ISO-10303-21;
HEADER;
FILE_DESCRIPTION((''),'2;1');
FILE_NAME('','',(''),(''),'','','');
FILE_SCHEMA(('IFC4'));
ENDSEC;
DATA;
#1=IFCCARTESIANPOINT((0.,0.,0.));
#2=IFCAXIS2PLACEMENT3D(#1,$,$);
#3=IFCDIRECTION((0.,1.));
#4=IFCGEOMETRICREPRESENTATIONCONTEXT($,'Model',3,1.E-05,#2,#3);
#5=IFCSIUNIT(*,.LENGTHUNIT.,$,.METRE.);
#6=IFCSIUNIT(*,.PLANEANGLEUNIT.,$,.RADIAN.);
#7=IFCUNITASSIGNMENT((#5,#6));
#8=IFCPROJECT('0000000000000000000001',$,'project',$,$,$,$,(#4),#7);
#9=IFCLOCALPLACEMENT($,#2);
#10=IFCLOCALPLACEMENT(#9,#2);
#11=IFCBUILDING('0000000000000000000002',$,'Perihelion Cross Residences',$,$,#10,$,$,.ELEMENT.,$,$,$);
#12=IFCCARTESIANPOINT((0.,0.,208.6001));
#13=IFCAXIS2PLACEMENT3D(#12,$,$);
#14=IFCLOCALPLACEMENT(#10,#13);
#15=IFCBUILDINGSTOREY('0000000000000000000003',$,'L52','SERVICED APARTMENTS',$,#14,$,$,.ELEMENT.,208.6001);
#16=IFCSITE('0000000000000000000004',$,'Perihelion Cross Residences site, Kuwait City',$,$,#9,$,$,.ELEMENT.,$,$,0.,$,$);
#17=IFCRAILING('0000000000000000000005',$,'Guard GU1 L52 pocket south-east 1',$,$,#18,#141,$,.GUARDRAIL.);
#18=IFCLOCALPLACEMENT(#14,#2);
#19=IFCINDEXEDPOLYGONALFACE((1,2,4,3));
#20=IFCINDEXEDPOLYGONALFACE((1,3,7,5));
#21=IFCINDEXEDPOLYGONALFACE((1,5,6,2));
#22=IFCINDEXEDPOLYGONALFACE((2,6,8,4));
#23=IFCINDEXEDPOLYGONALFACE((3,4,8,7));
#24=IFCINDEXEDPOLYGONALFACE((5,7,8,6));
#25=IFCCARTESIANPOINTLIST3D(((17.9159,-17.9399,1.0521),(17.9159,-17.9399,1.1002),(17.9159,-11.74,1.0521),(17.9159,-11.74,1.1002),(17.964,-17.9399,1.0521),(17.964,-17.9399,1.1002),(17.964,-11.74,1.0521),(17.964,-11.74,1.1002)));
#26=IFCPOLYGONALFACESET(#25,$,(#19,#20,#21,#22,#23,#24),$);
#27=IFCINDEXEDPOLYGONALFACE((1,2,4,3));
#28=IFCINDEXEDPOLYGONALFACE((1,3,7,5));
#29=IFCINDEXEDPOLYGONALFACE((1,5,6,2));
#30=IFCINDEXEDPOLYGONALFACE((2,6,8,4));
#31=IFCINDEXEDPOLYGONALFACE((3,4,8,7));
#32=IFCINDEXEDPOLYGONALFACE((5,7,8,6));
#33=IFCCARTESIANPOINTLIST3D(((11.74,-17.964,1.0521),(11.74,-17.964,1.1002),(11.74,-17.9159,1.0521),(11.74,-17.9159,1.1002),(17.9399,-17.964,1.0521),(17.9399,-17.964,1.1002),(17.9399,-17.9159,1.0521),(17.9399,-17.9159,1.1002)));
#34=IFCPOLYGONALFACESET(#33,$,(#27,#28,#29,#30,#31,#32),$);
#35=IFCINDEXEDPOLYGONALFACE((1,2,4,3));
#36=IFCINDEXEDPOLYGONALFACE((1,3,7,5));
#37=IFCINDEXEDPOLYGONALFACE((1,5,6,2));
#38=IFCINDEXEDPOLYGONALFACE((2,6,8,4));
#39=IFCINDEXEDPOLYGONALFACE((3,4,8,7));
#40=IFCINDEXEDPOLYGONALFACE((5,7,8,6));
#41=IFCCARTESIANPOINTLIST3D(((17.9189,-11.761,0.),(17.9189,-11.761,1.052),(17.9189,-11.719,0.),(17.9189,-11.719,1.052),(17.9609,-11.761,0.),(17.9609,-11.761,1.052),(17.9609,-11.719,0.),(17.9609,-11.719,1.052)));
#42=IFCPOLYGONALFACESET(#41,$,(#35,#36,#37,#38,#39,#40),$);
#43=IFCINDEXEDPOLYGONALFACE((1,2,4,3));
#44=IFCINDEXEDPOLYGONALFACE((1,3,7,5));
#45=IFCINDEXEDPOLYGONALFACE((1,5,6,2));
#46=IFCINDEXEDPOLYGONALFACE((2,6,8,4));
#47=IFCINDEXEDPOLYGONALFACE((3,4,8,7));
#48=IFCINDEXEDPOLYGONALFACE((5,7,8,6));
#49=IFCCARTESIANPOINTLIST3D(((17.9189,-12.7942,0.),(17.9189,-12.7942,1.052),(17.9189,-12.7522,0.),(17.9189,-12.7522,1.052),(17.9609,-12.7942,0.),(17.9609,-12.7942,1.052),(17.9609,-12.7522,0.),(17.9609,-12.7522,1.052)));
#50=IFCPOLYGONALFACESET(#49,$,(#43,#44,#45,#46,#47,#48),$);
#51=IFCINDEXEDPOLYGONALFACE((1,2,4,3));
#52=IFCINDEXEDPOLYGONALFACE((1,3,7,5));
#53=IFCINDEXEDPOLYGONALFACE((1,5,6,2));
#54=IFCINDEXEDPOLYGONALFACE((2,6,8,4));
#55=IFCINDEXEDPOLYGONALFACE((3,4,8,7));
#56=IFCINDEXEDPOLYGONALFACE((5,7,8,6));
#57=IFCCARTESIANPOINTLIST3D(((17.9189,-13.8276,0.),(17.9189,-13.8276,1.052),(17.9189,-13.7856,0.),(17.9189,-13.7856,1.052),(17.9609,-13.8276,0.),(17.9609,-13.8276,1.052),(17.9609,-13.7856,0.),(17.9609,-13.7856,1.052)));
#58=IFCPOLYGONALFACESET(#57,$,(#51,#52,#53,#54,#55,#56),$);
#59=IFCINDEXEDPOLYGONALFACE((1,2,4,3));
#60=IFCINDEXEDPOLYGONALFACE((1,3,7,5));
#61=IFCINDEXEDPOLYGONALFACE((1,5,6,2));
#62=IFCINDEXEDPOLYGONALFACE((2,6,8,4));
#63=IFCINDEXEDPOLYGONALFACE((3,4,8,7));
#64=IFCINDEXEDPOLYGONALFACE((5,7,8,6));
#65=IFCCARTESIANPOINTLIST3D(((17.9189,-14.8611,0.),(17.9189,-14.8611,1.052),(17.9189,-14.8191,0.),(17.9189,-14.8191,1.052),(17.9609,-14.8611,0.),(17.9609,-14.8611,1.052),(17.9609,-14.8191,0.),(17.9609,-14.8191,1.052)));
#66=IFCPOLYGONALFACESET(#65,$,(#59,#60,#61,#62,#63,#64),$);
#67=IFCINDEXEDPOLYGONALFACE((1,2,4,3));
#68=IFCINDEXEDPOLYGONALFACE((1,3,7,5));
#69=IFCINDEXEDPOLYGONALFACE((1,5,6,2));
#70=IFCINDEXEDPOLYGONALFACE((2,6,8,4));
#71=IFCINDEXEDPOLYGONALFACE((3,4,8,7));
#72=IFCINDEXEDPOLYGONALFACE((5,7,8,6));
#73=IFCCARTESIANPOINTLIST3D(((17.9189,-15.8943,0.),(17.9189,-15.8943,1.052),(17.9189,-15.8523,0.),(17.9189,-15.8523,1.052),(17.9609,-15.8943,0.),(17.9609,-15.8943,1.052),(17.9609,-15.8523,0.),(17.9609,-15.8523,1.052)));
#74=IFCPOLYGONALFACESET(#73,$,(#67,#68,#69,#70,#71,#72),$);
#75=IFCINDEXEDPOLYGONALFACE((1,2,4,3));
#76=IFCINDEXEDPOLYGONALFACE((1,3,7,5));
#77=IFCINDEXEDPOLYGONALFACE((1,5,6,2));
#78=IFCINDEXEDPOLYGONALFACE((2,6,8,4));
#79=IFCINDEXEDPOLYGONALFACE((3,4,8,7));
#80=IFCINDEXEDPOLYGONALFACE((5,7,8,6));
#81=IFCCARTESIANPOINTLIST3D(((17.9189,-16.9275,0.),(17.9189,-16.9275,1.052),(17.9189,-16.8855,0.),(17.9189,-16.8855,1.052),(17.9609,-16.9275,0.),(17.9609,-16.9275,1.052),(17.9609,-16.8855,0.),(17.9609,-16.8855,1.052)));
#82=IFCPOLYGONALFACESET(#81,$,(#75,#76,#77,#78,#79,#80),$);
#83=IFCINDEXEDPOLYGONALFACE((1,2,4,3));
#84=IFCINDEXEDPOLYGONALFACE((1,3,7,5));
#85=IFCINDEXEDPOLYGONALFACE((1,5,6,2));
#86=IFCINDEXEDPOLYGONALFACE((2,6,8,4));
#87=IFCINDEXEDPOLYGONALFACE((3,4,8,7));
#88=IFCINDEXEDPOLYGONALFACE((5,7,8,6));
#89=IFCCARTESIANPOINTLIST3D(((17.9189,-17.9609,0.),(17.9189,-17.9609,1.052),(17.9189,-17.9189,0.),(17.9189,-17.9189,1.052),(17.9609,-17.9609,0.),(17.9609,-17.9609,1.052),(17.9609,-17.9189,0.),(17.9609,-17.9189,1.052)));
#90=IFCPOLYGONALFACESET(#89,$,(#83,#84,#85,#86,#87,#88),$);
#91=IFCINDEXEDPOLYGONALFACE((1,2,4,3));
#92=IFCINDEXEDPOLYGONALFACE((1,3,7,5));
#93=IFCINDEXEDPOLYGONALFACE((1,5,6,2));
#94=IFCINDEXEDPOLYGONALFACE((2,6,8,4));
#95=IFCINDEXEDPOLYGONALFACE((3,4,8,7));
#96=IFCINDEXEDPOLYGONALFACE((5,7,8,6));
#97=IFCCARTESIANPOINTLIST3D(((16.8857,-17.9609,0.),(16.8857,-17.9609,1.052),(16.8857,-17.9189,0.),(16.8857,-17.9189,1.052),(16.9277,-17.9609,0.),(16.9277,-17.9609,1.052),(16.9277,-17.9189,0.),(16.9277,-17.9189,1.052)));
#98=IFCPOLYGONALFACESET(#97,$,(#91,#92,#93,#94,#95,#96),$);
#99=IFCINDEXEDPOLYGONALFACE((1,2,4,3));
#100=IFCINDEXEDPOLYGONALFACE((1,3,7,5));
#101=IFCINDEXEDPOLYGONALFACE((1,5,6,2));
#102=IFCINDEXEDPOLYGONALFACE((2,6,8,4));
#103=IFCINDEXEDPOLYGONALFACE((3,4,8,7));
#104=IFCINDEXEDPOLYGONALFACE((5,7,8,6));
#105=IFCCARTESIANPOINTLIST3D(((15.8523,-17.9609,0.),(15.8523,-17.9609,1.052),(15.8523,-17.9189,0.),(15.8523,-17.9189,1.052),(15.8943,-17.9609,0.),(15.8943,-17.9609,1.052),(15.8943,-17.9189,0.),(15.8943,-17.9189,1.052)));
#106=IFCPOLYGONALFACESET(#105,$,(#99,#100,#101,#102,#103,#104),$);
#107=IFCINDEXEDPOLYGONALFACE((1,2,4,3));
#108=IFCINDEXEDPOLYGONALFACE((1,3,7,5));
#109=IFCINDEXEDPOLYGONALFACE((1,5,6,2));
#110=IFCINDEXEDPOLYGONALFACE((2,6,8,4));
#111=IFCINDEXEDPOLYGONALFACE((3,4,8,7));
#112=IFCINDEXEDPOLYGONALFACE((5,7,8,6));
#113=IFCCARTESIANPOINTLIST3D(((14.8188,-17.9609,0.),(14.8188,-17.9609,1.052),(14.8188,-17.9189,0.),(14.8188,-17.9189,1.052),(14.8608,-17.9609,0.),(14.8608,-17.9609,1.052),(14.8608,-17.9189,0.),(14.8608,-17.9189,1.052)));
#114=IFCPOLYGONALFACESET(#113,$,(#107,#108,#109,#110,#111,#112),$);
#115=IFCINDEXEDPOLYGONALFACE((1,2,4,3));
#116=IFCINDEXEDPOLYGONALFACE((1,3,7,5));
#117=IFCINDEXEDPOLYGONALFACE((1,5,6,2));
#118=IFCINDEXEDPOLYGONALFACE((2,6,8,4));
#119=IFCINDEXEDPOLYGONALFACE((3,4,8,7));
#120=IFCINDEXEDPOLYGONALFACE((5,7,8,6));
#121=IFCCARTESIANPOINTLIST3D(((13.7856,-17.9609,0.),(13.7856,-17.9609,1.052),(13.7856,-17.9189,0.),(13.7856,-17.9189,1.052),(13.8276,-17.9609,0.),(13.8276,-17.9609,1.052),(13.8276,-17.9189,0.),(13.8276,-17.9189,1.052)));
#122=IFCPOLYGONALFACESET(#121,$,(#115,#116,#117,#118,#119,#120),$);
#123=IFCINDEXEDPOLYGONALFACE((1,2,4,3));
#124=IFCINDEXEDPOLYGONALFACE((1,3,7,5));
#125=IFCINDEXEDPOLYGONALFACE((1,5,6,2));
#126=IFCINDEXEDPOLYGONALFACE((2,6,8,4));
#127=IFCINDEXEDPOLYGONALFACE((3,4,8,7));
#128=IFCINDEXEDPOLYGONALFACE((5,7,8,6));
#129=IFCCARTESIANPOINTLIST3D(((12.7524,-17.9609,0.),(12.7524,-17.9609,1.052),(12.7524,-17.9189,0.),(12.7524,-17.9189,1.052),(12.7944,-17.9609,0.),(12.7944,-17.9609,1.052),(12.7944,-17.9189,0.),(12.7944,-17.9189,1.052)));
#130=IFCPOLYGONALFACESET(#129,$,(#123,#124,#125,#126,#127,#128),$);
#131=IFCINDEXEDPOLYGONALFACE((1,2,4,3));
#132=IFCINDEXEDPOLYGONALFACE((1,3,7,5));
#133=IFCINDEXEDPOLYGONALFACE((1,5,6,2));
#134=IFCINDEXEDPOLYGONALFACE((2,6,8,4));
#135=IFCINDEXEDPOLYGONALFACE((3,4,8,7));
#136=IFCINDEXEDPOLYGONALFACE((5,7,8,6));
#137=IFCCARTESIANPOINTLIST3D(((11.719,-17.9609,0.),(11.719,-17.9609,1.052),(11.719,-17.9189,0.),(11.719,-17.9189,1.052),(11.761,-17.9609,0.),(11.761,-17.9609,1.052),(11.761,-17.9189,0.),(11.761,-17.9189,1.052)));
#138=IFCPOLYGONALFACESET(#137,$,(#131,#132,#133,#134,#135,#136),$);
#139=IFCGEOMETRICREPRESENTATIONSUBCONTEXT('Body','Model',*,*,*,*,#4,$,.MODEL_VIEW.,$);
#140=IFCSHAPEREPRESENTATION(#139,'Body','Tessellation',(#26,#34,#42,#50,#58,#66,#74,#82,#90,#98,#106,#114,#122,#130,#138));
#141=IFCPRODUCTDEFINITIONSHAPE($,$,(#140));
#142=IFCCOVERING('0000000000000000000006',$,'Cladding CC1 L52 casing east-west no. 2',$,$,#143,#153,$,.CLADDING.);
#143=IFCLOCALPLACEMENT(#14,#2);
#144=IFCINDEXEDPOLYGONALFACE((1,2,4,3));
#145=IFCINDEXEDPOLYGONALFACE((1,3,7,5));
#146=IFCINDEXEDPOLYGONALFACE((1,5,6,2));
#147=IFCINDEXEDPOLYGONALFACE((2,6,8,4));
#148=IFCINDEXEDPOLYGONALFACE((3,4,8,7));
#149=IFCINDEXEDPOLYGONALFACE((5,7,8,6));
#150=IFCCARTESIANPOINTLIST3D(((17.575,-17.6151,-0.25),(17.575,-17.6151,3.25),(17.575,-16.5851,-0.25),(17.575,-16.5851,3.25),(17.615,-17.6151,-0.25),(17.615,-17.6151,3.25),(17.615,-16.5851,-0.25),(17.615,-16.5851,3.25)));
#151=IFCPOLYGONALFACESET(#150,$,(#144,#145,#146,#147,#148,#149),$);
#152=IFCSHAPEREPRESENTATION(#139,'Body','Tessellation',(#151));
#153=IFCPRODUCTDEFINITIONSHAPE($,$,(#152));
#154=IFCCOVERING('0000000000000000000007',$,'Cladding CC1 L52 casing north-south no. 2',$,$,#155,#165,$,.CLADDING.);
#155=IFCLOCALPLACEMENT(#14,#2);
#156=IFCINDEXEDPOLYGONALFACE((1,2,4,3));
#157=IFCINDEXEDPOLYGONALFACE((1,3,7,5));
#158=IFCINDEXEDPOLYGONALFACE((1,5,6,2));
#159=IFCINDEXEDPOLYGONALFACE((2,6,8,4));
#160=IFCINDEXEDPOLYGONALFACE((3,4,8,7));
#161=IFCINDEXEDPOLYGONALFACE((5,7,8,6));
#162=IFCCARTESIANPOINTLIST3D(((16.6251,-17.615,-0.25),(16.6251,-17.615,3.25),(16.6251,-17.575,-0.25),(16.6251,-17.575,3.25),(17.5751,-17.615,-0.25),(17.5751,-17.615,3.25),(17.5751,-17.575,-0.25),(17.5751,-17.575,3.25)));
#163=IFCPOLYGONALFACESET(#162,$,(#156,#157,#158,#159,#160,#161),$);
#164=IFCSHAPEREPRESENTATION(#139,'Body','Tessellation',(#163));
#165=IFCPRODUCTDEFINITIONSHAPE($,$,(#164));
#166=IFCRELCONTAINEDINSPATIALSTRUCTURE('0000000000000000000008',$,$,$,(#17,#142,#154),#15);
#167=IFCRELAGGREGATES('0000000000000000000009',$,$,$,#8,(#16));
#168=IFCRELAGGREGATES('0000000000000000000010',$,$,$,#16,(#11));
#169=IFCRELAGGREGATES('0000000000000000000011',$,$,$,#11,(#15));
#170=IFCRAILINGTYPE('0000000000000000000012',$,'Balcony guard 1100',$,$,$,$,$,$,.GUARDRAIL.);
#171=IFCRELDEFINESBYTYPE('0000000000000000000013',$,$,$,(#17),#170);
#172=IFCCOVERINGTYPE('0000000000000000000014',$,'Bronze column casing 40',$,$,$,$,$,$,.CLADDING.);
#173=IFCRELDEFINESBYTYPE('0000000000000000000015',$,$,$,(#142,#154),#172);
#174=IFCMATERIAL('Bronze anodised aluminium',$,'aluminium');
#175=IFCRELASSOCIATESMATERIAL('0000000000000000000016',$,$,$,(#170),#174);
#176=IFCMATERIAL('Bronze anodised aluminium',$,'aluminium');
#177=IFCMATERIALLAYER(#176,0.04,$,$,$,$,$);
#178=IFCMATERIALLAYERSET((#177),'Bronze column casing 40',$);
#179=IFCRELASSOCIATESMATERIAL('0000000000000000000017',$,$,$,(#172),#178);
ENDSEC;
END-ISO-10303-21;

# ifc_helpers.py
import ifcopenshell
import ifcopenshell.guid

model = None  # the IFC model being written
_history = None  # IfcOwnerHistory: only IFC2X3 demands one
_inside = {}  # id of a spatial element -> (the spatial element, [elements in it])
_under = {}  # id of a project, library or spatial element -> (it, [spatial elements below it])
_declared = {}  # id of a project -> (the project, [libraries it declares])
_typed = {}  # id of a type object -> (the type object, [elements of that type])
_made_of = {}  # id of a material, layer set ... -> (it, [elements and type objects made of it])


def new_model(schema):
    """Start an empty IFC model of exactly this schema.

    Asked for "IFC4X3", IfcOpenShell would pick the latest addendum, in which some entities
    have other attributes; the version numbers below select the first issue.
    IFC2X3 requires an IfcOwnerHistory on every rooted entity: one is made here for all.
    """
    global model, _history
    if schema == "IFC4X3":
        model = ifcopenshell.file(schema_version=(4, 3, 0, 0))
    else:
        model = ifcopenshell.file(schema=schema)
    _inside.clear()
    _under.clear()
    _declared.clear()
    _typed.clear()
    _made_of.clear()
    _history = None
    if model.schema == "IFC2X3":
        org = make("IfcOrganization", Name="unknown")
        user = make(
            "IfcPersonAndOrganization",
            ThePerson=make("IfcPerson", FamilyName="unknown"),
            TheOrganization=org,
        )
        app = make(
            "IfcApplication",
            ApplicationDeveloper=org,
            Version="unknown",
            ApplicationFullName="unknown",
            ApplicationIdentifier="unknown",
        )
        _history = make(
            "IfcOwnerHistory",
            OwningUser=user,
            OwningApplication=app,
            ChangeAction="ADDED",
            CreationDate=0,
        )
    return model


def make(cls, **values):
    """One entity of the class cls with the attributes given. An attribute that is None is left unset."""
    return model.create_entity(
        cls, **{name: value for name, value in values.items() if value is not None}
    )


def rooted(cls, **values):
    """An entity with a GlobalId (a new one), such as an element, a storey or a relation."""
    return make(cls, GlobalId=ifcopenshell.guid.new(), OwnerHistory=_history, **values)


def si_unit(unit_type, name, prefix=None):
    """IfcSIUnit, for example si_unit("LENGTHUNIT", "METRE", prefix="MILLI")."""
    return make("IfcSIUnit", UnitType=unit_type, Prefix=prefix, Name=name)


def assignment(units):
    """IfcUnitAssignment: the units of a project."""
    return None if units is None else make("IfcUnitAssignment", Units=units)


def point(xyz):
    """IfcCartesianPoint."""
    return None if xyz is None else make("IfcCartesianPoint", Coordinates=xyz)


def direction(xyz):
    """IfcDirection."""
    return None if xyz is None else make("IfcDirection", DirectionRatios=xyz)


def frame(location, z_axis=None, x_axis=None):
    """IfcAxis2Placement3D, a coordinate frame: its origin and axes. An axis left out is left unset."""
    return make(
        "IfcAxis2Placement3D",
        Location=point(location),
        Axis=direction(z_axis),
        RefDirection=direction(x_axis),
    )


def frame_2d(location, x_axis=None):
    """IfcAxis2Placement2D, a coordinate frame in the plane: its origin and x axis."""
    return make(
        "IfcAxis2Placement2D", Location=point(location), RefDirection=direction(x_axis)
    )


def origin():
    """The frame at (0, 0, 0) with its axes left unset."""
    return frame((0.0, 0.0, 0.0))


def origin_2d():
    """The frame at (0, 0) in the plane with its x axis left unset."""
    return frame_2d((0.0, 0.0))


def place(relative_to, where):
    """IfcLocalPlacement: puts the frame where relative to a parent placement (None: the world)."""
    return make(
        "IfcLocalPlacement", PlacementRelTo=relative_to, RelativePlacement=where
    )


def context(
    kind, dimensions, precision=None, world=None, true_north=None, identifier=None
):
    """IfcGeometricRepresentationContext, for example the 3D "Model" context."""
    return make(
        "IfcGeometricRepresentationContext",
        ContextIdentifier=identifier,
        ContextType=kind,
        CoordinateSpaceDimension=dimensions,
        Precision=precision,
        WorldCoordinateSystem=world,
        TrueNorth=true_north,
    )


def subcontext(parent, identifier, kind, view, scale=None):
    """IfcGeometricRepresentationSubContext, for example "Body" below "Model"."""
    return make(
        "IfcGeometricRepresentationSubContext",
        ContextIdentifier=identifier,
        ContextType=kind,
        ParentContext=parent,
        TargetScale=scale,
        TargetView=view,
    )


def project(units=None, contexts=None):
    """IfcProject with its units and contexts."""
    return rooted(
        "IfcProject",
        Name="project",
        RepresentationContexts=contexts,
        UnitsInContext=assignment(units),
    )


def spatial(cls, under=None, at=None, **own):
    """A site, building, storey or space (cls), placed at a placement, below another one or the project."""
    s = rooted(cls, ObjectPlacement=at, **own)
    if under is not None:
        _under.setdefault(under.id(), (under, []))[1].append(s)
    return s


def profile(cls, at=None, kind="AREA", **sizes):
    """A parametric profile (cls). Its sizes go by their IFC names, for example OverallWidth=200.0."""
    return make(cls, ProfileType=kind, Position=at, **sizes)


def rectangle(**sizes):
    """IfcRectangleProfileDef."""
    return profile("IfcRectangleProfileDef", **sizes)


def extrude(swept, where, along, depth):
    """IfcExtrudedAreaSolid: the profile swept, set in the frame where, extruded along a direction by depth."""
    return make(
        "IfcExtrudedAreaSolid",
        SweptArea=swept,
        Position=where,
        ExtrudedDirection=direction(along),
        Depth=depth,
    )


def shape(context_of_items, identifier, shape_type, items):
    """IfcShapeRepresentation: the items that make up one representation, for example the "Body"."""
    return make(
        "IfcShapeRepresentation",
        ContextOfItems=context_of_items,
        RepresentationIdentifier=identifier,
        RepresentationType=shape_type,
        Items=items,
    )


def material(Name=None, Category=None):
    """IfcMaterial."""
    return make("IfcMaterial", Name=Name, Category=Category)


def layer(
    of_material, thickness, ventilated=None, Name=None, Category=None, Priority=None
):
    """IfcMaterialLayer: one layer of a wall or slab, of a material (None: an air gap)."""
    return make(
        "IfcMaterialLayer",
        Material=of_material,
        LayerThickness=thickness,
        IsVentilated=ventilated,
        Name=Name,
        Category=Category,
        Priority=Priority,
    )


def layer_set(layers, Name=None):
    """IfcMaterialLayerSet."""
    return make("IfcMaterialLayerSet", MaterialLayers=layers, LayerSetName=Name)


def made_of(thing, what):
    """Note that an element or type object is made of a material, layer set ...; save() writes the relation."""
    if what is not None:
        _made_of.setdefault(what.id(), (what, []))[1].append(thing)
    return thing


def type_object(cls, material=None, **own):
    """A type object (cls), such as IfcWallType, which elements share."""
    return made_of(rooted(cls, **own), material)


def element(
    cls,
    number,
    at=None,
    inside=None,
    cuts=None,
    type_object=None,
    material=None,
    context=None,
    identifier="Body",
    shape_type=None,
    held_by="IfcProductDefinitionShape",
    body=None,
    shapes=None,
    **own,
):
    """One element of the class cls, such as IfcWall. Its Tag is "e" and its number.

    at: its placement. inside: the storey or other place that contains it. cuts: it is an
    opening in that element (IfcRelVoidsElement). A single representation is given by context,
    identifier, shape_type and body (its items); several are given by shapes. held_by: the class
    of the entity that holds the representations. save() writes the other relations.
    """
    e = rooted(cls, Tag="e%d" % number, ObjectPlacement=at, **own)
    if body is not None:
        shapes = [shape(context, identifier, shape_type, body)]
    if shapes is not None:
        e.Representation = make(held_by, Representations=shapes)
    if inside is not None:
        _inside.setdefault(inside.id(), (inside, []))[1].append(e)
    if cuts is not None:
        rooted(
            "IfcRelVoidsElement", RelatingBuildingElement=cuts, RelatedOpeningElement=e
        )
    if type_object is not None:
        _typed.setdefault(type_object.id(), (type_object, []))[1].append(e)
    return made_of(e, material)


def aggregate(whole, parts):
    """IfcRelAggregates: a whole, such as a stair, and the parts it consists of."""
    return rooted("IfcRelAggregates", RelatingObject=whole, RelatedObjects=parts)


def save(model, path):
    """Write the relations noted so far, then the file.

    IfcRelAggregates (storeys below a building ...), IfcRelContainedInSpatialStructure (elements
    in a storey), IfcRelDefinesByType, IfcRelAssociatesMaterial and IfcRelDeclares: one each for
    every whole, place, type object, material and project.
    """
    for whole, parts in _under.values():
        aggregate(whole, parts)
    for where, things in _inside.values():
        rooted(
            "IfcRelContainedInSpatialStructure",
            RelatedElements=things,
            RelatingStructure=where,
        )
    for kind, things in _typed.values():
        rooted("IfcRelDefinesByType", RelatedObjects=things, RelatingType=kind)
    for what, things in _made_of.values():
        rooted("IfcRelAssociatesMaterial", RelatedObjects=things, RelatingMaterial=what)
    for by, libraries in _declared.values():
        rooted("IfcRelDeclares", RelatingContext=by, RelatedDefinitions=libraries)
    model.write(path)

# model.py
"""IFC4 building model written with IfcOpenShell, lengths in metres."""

from ifc_helpers import new_model, si_unit, direction, frame, origin, origin_2d, place, context, subcontext, project, spatial, rectangle, extrude, material, layer, layer_set, type_object, element, save


model = new_model("IFC4")

# Units and contexts
model_context = context("Model", 3, precision=1e-05, world=origin(), true_north=direction((0.0, 1.0)))
body_context = subcontext(model_context, "Body", "Model", "MODEL_VIEW")
ifc_project = project(units=[si_unit("LENGTHUNIT", "METRE"), si_unit("PLANEANGLEUNIT", "RADIAN")], contexts=[model_context])

# Site, building, storey
site_placement = place(None, origin())
site = spatial("IfcSite", under=ifc_project, at=site_placement, Name="Perihelion Cross Residences site, Kuwait City", CompositionType="ELEMENT", RefElevation=0.0)
building_placement = place(site_placement, origin())
building = spatial("IfcBuilding", under=site, at=building_placement, Name="Perihelion Cross Residences", CompositionType="ELEMENT")
storey_placement = place(building_placement, frame((0.0, 0.0, 208.6001)))
storey = spatial("IfcBuildingStorey", under=building, at=storey_placement, Name="L52", Description="SERVICED APARTMENTS", CompositionType="ELEMENT", Elevation=208.6001)

# Railing
ifc_material_1 = material(Name="Bronze anodised aluminium", Category="aluminium")
railing_type = type_object("IfcRailingType", Name="Balcony guard 1100", PredefinedType="GUARDRAIL", material=ifc_material_1)
railing_1_placement = place(storey_placement, frame((17.9399, -11.74, 0.0)))
element("IfcRailing", 1, at=railing_1_placement, inside=storey, type_object=railing_type, Name="Guard GU1 L52 pocket south-east 1", PredefinedType="GUARDRAIL", context=body_context, shape_type="SweptSolid", body=[
    extrude(rectangle(XDim=0.0481, YDim=0.0481, at=origin_2d()), frame((0.0, 0.0, 1.0762), z_axis=(0.0, -1.0, 0.0), x_axis=(1.0, 0.0, 0.0)), (0.0, 0.0, 1.0), 6.2),
    extrude(rectangle(XDim=0.0481, YDim=0.0481, at=origin_2d()), frame((0.0, -6.2, 1.0762), z_axis=(-1.0, 0.0, 0.0), x_axis=(0.0, -1.0, 0.0)), (0.0, 0.0, 1.0), 6.2),
    extrude(rectangle(XDim=0.042, YDim=0.042, at=origin_2d()), origin(), (0.0, 0.0, 1.0), 1.052),
    extrude(rectangle(XDim=0.042, YDim=0.042, at=origin_2d()), frame((0.0, -1.0332, 0.0)), (0.0, 0.0, 1.0), 1.052),
    extrude(rectangle(XDim=0.042, YDim=0.042, at=origin_2d()), frame((0.0, -2.0667, 0.0)), (0.0, 0.0, 1.0), 1.052),
    extrude(rectangle(XDim=0.042, YDim=0.042, at=origin_2d()), frame((0.0, -3.1001, 0.0)), (0.0, 0.0, 1.0), 1.052),
    extrude(rectangle(XDim=0.042, YDim=0.042, at=origin_2d()), frame((0.0, -4.1333, 0.0)), (0.0, 0.0, 1.0), 1.052),
    extrude(rectangle(XDim=0.042, YDim=0.042, at=origin_2d()), frame((0.0, -5.1665, 0.0)), (0.0, 0.0, 1.0), 1.052),
    extrude(rectangle(XDim=0.042, YDim=0.042, at=origin_2d()), frame((0.0, -6.2, 0.0)), (0.0, 0.0, 1.0), 1.052),
    extrude(rectangle(XDim=0.042, YDim=0.042, at=origin_2d()), frame((-1.0332, -6.2, 0.0)), (0.0, 0.0, 1.0), 1.052),
    extrude(rectangle(XDim=0.042, YDim=0.042, at=origin_2d()), frame((-2.0667, -6.2, 0.0)), (0.0, 0.0, 1.0), 1.052),
    extrude(rectangle(XDim=0.042, YDim=0.042, at=origin_2d()), frame((-3.1001, -6.2, 0.0)), (0.0, 0.0, 1.0), 1.052),
    extrude(rectangle(XDim=0.042, YDim=0.042, at=origin_2d()), frame((-4.1333, -6.2, 0.0)), (0.0, 0.0, 1.0), 1.052),
    extrude(rectangle(XDim=0.042, YDim=0.042, at=origin_2d()), frame((-5.1665, -6.2, 0.0)), (0.0, 0.0, 1.0), 1.052),
    extrude(rectangle(XDim=0.042, YDim=0.042, at=origin_2d()), frame((-6.2, -6.2, 0.0)), (0.0, 0.0, 1.0), 1.052),
])

# Coverings
ifc_material_2 = material(Name="Bronze anodised aluminium", Category="aluminium")
ifc_layer_1 = layer(ifc_material_2, 0.04)
ifc_layer_set_1 = layer_set([ifc_layer_1], Name="Bronze column casing 40")
covering_type = type_object("IfcCoveringType", Name="Bronze column casing 40", PredefinedType="CLADDING", material=ifc_layer_set_1)
covering_1_placement = place(storey_placement, frame((17.595, -17.1001, -0.25), z_axis=(0.0, 0.0, 1.0), x_axis=(1.0, 0.0, 0.0)))
element("IfcCovering", 2, at=covering_1_placement, inside=storey, type_object=covering_type, Name="Cladding CC1 L52 casing east-west no. 2", PredefinedType="CLADDING", context=body_context, shape_type="SweptSolid", body=[
    extrude(rectangle(XDim=0.04, YDim=1.03, at=origin_2d()), origin(), (0.0, 0.0, 1.0), 3.5),
])
covering_2_placement = place(storey_placement, frame((17.1001, -17.595, -0.25), z_axis=(0.0, 0.0, 1.0), x_axis=(1.0, 0.0, 0.0)))
element("IfcCovering", 3, at=covering_2_placement, inside=storey, type_object=covering_type, Name="Cladding CC1 L52 casing north-south no. 2", PredefinedType="CLADDING", context=body_context, shape_type="SweptSolid", body=[
    extrude(rectangle(XDim=0.95, YDim=0.04, at=origin_2d()), origin(), (0.0, 0.0, 1.0), 3.5),
])

save(model, "model.ifc")
